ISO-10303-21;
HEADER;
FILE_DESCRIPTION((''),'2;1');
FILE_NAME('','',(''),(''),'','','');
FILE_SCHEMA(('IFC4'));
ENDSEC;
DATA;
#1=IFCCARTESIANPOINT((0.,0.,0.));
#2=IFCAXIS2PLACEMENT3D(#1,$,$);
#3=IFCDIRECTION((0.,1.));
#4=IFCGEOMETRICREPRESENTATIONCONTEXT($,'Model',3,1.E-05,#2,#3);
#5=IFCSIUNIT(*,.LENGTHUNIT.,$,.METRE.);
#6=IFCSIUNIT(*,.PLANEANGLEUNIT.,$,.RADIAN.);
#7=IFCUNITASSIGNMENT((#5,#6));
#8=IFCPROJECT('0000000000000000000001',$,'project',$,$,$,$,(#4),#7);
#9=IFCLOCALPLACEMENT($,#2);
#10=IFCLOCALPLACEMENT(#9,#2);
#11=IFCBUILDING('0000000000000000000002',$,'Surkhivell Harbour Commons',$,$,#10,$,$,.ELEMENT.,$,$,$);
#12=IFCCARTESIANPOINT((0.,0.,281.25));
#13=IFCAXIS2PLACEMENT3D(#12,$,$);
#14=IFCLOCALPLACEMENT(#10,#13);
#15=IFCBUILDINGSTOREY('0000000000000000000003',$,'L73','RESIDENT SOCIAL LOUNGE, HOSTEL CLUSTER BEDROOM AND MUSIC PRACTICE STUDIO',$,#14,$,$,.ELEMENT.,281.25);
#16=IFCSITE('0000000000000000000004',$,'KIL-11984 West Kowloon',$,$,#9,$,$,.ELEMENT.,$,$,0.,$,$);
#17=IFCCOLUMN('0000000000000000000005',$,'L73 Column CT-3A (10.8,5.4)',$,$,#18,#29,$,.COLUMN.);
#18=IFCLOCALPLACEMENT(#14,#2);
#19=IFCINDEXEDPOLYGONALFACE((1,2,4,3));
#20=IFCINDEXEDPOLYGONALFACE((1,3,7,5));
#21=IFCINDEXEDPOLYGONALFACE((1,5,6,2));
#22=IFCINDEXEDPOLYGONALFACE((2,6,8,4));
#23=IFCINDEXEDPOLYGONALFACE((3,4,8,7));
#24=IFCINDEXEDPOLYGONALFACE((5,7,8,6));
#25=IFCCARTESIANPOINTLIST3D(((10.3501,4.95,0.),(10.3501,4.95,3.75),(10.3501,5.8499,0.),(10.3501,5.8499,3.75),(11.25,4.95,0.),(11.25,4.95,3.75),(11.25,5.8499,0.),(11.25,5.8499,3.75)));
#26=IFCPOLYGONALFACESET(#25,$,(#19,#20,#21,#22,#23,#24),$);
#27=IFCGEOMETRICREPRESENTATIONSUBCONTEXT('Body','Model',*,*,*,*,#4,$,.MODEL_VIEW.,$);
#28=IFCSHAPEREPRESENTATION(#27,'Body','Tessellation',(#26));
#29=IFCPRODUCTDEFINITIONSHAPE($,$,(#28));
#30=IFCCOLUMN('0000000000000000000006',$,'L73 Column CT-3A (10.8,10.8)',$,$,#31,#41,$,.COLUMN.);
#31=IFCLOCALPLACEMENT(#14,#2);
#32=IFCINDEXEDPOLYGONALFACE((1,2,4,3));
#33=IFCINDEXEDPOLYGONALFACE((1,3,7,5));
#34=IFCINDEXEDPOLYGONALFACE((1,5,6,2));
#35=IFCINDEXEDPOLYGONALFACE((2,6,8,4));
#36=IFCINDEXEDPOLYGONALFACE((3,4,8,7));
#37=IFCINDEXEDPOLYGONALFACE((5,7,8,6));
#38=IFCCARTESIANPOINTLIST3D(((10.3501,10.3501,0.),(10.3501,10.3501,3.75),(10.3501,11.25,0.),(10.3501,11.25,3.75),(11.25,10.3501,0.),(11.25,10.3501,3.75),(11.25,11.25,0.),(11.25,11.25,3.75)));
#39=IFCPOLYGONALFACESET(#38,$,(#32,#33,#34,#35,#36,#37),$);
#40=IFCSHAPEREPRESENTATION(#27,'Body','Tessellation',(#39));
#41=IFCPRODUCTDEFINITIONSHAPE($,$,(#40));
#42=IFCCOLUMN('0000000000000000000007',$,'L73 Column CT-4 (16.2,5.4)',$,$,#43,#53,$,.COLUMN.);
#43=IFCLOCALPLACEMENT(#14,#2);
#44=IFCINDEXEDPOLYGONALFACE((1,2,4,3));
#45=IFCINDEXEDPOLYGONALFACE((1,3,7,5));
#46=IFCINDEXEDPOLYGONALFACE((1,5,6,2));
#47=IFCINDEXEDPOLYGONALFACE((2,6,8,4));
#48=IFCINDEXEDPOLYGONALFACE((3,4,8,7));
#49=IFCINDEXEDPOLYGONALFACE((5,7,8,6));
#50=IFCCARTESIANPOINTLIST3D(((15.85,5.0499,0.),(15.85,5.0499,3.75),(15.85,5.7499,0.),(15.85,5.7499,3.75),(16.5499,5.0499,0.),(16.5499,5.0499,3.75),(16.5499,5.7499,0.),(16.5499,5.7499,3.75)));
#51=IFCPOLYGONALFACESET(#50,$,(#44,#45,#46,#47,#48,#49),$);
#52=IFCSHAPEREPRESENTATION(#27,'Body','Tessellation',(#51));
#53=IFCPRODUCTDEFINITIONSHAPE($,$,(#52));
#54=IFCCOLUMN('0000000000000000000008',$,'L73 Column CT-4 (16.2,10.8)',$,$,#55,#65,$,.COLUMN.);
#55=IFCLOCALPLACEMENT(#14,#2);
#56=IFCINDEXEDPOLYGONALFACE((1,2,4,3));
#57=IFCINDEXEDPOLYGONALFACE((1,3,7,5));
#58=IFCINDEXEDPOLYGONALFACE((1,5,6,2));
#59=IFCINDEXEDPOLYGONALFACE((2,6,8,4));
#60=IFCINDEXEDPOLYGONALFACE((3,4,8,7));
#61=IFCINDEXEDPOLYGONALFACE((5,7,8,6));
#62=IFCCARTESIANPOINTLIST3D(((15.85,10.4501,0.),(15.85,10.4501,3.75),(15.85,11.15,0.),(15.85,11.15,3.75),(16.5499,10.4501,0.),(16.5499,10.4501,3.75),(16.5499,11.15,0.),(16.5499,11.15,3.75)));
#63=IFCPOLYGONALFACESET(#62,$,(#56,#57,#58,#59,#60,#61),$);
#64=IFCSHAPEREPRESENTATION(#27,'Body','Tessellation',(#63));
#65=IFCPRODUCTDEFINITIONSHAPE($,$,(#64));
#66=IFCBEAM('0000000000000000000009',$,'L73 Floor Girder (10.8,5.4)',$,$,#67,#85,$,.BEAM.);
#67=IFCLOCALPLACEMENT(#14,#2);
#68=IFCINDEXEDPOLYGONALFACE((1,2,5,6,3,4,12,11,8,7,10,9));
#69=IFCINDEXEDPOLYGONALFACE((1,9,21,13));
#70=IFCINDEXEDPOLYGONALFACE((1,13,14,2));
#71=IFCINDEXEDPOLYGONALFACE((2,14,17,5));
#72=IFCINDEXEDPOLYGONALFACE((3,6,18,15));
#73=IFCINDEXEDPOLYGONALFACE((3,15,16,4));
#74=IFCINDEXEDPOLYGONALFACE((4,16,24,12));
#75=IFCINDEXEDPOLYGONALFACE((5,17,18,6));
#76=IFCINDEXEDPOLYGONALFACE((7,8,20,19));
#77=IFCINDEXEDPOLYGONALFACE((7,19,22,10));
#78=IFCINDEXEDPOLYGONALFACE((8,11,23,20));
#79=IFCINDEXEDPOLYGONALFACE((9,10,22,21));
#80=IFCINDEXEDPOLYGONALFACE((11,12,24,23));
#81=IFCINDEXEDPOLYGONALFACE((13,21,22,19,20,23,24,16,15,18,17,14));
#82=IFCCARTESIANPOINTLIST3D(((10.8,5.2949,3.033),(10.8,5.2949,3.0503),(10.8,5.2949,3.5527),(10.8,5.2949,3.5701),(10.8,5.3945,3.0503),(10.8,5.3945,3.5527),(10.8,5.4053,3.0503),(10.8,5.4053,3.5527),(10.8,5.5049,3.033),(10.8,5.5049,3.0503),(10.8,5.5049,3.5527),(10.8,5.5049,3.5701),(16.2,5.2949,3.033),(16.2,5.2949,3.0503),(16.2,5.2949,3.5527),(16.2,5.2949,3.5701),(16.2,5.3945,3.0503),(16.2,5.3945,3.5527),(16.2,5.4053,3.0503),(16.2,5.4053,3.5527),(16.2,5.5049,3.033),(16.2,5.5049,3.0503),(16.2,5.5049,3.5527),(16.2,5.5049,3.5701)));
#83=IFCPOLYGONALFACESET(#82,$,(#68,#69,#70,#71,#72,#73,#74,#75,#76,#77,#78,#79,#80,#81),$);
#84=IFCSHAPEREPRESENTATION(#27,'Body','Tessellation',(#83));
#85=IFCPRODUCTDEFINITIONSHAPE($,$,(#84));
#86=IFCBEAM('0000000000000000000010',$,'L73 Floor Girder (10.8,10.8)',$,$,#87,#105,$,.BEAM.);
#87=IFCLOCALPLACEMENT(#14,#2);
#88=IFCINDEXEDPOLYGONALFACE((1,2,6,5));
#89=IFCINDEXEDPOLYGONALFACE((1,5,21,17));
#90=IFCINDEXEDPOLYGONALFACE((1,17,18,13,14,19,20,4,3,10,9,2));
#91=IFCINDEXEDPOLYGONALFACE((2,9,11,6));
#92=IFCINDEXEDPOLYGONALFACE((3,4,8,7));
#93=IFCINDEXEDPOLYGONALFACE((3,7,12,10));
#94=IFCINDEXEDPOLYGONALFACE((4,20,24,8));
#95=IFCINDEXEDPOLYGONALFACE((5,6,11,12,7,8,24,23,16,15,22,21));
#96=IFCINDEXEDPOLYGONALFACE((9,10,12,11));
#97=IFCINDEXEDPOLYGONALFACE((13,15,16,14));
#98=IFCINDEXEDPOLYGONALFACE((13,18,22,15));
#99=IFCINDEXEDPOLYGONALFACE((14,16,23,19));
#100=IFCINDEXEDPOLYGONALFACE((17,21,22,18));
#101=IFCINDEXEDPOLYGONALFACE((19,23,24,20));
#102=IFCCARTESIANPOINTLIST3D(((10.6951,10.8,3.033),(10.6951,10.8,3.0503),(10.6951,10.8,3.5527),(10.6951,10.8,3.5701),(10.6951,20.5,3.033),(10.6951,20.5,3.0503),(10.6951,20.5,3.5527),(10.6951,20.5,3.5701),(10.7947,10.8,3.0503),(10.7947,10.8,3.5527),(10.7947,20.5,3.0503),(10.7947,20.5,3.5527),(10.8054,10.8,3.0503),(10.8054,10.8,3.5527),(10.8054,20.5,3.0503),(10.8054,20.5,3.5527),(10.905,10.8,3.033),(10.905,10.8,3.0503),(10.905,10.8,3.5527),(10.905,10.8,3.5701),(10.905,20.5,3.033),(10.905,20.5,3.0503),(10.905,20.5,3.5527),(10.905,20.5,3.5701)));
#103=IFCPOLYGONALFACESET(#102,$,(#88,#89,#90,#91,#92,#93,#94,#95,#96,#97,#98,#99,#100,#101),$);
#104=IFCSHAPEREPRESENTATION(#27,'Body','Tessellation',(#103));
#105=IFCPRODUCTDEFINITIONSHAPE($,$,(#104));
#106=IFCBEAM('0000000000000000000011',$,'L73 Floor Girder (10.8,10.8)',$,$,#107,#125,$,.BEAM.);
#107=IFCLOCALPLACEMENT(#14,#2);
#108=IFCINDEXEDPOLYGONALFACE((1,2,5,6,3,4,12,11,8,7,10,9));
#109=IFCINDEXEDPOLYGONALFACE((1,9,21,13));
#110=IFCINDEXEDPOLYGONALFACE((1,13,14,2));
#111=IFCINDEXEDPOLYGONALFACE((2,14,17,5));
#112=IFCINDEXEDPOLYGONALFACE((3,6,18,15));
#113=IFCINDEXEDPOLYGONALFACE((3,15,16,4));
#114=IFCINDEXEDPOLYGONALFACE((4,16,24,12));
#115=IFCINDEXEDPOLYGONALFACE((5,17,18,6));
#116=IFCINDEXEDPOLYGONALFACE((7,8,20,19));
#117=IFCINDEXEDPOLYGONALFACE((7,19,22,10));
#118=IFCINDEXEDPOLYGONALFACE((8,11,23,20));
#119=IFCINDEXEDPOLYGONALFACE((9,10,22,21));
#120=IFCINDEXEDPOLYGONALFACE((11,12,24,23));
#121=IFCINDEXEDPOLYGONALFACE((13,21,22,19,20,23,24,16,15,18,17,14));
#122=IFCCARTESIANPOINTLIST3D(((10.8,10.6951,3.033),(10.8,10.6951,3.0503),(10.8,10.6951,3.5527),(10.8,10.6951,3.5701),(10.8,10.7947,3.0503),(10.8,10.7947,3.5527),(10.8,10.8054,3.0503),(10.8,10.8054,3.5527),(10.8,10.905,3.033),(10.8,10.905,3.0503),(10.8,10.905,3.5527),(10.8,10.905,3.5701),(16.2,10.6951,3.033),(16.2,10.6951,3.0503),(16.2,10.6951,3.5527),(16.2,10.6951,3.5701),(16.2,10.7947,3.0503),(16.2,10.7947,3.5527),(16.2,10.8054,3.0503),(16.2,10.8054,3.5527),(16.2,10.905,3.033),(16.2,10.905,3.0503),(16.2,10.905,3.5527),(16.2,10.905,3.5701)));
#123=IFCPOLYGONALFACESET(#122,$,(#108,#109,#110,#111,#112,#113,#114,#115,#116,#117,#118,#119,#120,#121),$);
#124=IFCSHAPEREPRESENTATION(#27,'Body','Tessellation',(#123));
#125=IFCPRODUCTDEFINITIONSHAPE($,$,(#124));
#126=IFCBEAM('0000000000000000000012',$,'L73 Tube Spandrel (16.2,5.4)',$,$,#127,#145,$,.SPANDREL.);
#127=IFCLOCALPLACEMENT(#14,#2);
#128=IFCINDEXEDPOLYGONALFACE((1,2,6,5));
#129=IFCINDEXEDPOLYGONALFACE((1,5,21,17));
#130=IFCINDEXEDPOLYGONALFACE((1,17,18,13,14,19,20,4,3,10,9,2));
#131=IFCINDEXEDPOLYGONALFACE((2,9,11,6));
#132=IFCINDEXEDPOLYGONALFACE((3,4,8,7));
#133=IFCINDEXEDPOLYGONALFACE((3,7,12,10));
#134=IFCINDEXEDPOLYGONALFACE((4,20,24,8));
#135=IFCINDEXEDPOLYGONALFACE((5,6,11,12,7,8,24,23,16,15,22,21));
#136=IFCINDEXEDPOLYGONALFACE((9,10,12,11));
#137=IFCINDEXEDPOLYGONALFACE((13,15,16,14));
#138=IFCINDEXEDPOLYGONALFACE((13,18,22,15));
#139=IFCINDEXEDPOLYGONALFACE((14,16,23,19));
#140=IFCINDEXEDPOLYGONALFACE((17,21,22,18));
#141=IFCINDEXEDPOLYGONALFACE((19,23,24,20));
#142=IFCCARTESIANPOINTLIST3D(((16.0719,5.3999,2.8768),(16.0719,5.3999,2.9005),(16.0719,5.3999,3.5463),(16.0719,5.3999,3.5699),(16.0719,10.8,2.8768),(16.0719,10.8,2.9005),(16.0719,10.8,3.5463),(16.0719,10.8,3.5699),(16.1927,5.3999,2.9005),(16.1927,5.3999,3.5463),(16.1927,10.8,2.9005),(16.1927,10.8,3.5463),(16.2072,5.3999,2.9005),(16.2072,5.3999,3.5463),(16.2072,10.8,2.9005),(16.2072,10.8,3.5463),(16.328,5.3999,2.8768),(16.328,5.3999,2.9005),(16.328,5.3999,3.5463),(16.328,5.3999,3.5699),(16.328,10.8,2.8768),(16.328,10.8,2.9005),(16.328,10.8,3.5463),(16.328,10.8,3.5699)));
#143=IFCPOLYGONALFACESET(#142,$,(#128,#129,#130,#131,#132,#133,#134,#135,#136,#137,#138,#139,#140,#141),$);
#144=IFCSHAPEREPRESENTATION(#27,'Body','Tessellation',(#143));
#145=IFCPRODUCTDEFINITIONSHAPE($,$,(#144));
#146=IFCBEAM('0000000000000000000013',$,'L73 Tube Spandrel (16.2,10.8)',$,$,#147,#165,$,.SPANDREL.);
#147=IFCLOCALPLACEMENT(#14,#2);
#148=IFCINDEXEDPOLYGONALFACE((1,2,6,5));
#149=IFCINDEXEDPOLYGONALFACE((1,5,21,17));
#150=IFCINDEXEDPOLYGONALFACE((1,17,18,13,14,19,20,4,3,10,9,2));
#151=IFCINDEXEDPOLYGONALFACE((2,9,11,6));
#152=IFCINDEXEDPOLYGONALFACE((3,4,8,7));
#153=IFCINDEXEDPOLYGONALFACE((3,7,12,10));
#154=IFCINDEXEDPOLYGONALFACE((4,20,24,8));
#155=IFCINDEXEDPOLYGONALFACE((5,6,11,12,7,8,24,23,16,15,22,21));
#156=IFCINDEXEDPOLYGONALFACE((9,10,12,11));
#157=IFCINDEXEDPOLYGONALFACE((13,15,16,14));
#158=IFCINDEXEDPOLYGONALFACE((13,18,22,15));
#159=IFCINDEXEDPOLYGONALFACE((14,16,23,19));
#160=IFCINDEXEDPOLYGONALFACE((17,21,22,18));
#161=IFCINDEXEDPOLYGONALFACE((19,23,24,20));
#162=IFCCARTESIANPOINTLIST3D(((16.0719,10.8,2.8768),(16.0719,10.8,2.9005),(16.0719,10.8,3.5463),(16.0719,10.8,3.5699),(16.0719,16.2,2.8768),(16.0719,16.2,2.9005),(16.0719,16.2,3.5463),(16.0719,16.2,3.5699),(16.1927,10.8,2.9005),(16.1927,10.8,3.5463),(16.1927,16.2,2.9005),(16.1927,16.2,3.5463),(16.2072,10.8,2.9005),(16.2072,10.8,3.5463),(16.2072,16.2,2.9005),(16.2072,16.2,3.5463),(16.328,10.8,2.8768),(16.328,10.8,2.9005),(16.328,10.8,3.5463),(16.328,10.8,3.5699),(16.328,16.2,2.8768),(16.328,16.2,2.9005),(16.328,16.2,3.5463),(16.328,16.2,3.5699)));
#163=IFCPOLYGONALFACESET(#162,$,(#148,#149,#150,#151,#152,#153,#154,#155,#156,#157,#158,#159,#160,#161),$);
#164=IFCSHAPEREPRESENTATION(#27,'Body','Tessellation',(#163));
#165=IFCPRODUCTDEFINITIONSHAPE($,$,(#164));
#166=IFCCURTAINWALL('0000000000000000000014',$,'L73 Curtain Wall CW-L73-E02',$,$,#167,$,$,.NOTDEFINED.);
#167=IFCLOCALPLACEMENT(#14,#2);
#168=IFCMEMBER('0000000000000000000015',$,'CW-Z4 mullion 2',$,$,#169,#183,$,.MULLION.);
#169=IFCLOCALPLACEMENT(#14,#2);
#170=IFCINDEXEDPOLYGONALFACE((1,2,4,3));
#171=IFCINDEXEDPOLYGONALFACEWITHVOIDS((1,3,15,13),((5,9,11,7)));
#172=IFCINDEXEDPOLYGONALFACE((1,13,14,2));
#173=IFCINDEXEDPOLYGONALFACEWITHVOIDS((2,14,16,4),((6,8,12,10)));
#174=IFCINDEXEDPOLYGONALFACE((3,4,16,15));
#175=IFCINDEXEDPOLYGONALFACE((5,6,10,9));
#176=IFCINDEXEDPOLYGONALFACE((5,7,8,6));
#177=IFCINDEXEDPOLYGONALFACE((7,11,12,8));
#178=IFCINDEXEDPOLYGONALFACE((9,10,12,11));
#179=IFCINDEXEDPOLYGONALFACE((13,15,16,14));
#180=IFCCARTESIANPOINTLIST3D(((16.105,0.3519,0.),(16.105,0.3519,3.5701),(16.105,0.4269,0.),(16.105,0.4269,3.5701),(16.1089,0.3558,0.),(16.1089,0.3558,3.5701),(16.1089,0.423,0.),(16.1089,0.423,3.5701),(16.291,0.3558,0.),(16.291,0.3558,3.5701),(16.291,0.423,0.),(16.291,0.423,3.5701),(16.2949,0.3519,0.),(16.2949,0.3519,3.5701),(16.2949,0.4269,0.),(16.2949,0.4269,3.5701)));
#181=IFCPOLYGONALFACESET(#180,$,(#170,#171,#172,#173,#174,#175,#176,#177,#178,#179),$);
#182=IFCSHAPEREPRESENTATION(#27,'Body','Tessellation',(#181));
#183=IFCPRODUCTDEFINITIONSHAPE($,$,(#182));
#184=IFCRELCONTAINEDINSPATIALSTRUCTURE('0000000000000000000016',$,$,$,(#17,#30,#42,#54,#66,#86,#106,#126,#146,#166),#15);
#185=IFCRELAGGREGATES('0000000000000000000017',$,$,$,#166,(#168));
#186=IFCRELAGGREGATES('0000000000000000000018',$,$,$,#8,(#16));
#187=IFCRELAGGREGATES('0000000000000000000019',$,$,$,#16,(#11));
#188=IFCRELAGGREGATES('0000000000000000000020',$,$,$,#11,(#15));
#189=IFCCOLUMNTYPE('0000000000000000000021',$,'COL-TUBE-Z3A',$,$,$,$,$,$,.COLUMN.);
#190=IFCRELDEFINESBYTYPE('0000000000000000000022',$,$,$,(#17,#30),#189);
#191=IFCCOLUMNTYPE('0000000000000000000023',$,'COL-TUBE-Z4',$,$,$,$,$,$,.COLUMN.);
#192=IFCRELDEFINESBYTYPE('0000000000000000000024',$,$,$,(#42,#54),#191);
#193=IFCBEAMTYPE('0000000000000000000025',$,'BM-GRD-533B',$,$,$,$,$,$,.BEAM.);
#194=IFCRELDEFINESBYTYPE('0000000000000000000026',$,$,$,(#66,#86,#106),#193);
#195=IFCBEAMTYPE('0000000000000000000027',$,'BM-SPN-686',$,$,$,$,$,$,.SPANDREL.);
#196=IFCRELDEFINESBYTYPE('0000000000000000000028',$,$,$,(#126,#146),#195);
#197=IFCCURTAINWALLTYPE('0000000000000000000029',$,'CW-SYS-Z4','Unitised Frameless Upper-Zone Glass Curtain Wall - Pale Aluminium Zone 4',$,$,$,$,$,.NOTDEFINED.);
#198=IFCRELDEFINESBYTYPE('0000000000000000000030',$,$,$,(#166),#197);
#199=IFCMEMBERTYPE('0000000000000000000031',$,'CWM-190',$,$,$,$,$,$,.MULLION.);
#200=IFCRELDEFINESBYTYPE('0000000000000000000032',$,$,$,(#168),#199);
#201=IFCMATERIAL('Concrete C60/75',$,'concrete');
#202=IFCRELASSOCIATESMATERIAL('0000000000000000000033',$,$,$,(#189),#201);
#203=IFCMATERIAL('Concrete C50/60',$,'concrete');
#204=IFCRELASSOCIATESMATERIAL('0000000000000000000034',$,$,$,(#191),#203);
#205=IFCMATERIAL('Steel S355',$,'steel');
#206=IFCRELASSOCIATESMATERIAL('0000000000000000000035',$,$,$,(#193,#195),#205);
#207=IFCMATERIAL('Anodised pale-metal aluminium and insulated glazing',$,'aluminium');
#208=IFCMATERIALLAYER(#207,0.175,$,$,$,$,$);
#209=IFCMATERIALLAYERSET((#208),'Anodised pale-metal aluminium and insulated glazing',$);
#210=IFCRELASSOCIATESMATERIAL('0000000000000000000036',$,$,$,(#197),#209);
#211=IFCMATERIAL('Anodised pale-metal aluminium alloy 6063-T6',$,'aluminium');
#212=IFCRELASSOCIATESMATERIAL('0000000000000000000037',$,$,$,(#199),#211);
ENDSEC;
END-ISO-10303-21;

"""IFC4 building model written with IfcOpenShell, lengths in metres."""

from ifc_helpers import new_model, si_unit, direction, frame, origin, origin_2d, place, context, subcontext, project, spatial, rectangle, hollow_rectangle, i_section, extrude, material, layer, layer_set, material_profile, profile_set, type_object, element, aggregate, save


model = new_model("IFC4")

# Units and contexts
model_context = context("Model", 3, precision=1e-05, world=origin(), true_north=direction((0.0, 1.0)))
body_context = subcontext(model_context, "Body", "Model", "MODEL_VIEW")
ifc_project = project(units=[si_unit("LENGTHUNIT", "METRE"), si_unit("PLANEANGLEUNIT", "RADIAN")], contexts=[model_context])

# Site, building, storey
site_placement = place(None, origin())
site = spatial("IfcSite", under=ifc_project, at=site_placement, Name="KIL-11984 West Kowloon", CompositionType="ELEMENT", RefElevation=0.0)
building_placement = place(site_placement, origin())
building = spatial("IfcBuilding", under=site, at=building_placement, Name="Surkhivell Harbour Commons", CompositionType="ELEMENT")
storey_placement = place(building_placement, frame((0.0, 0.0, 281.25)))
storey = spatial("IfcBuildingStorey", under=building, at=storey_placement, Name="L73", Description="RESIDENT SOCIAL LOUNGE, HOSTEL CLUSTER BEDROOM AND MUSIC PRACTICE STUDIO", CompositionType="ELEMENT", Elevation=281.25)

# Columns
ifc_material_1 = material(Name="Concrete C60/75", Category="concrete")
ifc_material_profile_1 = material_profile(ifc_material_1, rectangle(XDim=0.8999, YDim=0.8999, at=origin_2d()), Name="RC-COL-900x900")
ifc_profile_set_1 = profile_set([ifc_material_profile_1], Name="Concrete C60/75")
column_type_1 = type_object("IfcColumnType", Name="COL-TUBE-Z3A", PredefinedType="COLUMN", material=ifc_profile_set_1)
for number, where, z_axis, x_axis, name in (
    (1, (10.8, 5.3999, 0.0), (0.0, 0.0, 1.0), (1.0, 0.0, 0.0), "L73 Column CT-3A (10.8,5.4)"),
    (2, (10.8, 10.8, 0.0), (0.0, 0.0, 1.0), (1.0, 0.0, 0.0), "L73 Column CT-3A (10.8,10.8)"),
):
    element("IfcColumn", number, at=place(storey_placement, frame(where, z_axis=z_axis, x_axis=x_axis)), inside=storey, type_object=column_type_1, Name=name, PredefinedType="COLUMN", context=body_context, shape_type="SweptSolid", body=[
        extrude(rectangle(XDim=0.8999, YDim=0.8999, at=origin_2d()), origin(), (0.0, 0.0, 1.0), 3.75),
    ])
ifc_material_2 = material(Name="Concrete C50/60", Category="concrete")
ifc_material_profile_2 = material_profile(ifc_material_2, rectangle(XDim=0.7, YDim=0.7, at=origin_2d()), Name="RC-COL-700x700")
ifc_profile_set_2 = profile_set([ifc_material_profile_2], Name="Concrete C50/60")
column_type_2 = type_object("IfcColumnType", Name="COL-TUBE-Z4", PredefinedType="COLUMN", material=ifc_profile_set_2)
for number, where, z_axis, x_axis, name in (
    (3, (16.2, 5.3999, 0.0), (0.0, 0.0, 1.0), (1.0, 0.0, 0.0), "L73 Column CT-4 (16.2,5.4)"),
    (4, (16.2, 10.8, 0.0), (0.0, 0.0, 1.0), (1.0, 0.0, 0.0), "L73 Column CT-4 (16.2,10.8)"),
):
    element("IfcColumn", number, at=place(storey_placement, frame(where, z_axis=z_axis, x_axis=x_axis)), inside=storey, type_object=column_type_2, Name=name, PredefinedType="COLUMN", context=body_context, shape_type="SweptSolid", body=[
        extrude(rectangle(XDim=0.7, YDim=0.7, at=origin_2d()), origin(), (0.0, 0.0, 1.0), 3.75),
    ])

# Beams
ifc_material_3 = material(Name="Steel S355", Category="steel")
ifc_material_profile_3 = material_profile(ifc_material_3, i_section(OverallWidth=0.21, OverallDepth=0.5371, WebThickness=0.0107, FlangeThickness=0.0173, at=origin_2d()), Name="UB533x210x101")
ifc_profile_set_3 = profile_set([ifc_material_profile_3], Name="Steel S355")
beam_type_1 = type_object("IfcBeamType", Name="BM-GRD-533B", PredefinedType="BEAM", material=ifc_profile_set_3)
beam_1_placement = place(storey_placement, frame((10.8, 5.3999, 3.3015), z_axis=(1.0, 0.0, 0.0), x_axis=(0.0, 1.0, 0.0)))
element("IfcBeam", 5, at=beam_1_placement, inside=storey, type_object=beam_type_1, Name="L73 Floor Girder (10.8,5.4)", PredefinedType="BEAM", context=body_context, shape_type="SweptSolid", body=[
    extrude(i_section(OverallWidth=0.21, OverallDepth=0.5371, WebThickness=0.0107, FlangeThickness=0.0173, at=origin_2d()), origin(), (0.0, 0.0, 1.0), 5.3999),
])
beam_2_placement = place(storey_placement, frame((10.8, 10.8, 3.3015), z_axis=(0.0, 1.0, 0.0), x_axis=(-1.0, 0.0, 0.0)))
element("IfcBeam", 6, at=beam_2_placement, inside=storey, type_object=beam_type_1, Name="L73 Floor Girder (10.8,10.8)", PredefinedType="BEAM", context=body_context, shape_type="SweptSolid", body=[
    extrude(i_section(OverallWidth=0.21, OverallDepth=0.5371, WebThickness=0.0107, FlangeThickness=0.0173, at=origin_2d()), origin(), (0.0, 0.0, 1.0), 9.7),
])
beam_3_placement = place(storey_placement, frame((10.8, 10.8, 3.3015), z_axis=(1.0, 0.0, 0.0), x_axis=(0.0, 1.0, 0.0)))
element("IfcBeam", 7, at=beam_3_placement, inside=storey, type_object=beam_type_1, Name="L73 Floor Girder (10.8,10.8)", PredefinedType="BEAM", context=body_context, shape_type="SweptSolid", body=[
    extrude(i_section(OverallWidth=0.21, OverallDepth=0.5371, WebThickness=0.0107, FlangeThickness=0.0173, at=origin_2d()), origin(), (0.0, 0.0, 1.0), 5.3999),
])
ifc_material_profile_4 = material_profile(ifc_material_3, i_section(OverallWidth=0.2561, OverallDepth=0.6931, WebThickness=0.0144, FlangeThickness=0.0237, at=origin_2d()), Name="UB686x254x170")
ifc_profile_set_4 = profile_set([ifc_material_profile_4], Name="Steel S355")
beam_type_2 = type_object("IfcBeamType", Name="BM-SPN-686", PredefinedType="SPANDREL", material=ifc_profile_set_4)
beam_4_placement = place(storey_placement, frame((16.2, 5.3999, 3.2234), z_axis=(0.0, 1.0, 0.0), x_axis=(-1.0, 0.0, 0.0)))
element("IfcBeam", 8, at=beam_4_placement, inside=storey, type_object=beam_type_2, Name="L73 Tube Spandrel (16.2,5.4)", PredefinedType="SPANDREL", context=body_context, shape_type="SweptSolid", body=[
    extrude(i_section(OverallWidth=0.2561, OverallDepth=0.6931, WebThickness=0.0144, FlangeThickness=0.0237, at=origin_2d()), origin(), (0.0, 0.0, 1.0), 5.4001),
])
beam_5_placement = place(storey_placement, frame((16.2, 10.8, 3.2234), z_axis=(0.0, 1.0, 0.0), x_axis=(-1.0, 0.0, 0.0)))
element("IfcBeam", 9, at=beam_5_placement, inside=storey, type_object=beam_type_2, Name="L73 Tube Spandrel (16.2,10.8)", PredefinedType="SPANDREL", context=body_context, shape_type="SweptSolid", body=[
    extrude(i_section(OverallWidth=0.2561, OverallDepth=0.6931, WebThickness=0.0144, FlangeThickness=0.0237, at=origin_2d()), origin(), (0.0, 0.0, 1.0), 5.3999),
])

# Curtain wall, member
ifc_material_4 = material(Name="Anodised pale-metal aluminium and insulated glazing", Category="aluminium")
ifc_layer_1 = layer(ifc_material_4, 0.175)
ifc_layer_set_1 = layer_set([ifc_layer_1], Name="Anodised pale-metal aluminium and insulated glazing")
curtain_wall_type = type_object("IfcCurtainWallType", Name="CW-SYS-Z4", Description="Unitised Frameless Upper-Zone Glass Curtain Wall - Pale Aluminium Zone 4", PredefinedType="NOTDEFINED", material=ifc_layer_set_1)
curtain_wall_placement = place(storey_placement, origin())
curtain_wall = element("IfcCurtainWall", 10, at=curtain_wall_placement, inside=storey, type_object=curtain_wall_type, Name="L73 Curtain Wall CW-L73-E02", PredefinedType="NOTDEFINED")
ifc_material_5 = material(Name="Anodised pale-metal aluminium alloy 6063-T6", Category="aluminium")
ifc_material_profile_5 = material_profile(ifc_material_5, hollow_rectangle(XDim=0.075, YDim=0.1899, WallThickness=0.0039, at=origin_2d()), Name="ALU-MULL-75x190")
ifc_profile_set_5 = profile_set([ifc_material_profile_5], Name="Anodised pale-metal aluminium alloy 6063-T6")
member_type_1 = type_object("IfcMemberType", Name="CWM-190", PredefinedType="MULLION", material=ifc_profile_set_5)
member_1_placement = place(storey_placement, frame((16.2, 0.3894, 0.0), z_axis=(0.0, 0.0, 1.0), x_axis=(0.0, 1.0, 0.0)))
member_1 = element("IfcMember", 11, at=member_1_placement, type_object=member_type_1, Name="CW-Z4 mullion 2", PredefinedType="MULLION", context=body_context, shape_type="SweptSolid", body=[
    extrude(hollow_rectangle(XDim=0.075, YDim=0.1899, WallThickness=0.0039, at=origin_2d()), origin(), (0.0, 0.0, 1.0), 3.5701),
])
aggregate(curtain_wall, [member_1])

save(model, "model.ifc")
